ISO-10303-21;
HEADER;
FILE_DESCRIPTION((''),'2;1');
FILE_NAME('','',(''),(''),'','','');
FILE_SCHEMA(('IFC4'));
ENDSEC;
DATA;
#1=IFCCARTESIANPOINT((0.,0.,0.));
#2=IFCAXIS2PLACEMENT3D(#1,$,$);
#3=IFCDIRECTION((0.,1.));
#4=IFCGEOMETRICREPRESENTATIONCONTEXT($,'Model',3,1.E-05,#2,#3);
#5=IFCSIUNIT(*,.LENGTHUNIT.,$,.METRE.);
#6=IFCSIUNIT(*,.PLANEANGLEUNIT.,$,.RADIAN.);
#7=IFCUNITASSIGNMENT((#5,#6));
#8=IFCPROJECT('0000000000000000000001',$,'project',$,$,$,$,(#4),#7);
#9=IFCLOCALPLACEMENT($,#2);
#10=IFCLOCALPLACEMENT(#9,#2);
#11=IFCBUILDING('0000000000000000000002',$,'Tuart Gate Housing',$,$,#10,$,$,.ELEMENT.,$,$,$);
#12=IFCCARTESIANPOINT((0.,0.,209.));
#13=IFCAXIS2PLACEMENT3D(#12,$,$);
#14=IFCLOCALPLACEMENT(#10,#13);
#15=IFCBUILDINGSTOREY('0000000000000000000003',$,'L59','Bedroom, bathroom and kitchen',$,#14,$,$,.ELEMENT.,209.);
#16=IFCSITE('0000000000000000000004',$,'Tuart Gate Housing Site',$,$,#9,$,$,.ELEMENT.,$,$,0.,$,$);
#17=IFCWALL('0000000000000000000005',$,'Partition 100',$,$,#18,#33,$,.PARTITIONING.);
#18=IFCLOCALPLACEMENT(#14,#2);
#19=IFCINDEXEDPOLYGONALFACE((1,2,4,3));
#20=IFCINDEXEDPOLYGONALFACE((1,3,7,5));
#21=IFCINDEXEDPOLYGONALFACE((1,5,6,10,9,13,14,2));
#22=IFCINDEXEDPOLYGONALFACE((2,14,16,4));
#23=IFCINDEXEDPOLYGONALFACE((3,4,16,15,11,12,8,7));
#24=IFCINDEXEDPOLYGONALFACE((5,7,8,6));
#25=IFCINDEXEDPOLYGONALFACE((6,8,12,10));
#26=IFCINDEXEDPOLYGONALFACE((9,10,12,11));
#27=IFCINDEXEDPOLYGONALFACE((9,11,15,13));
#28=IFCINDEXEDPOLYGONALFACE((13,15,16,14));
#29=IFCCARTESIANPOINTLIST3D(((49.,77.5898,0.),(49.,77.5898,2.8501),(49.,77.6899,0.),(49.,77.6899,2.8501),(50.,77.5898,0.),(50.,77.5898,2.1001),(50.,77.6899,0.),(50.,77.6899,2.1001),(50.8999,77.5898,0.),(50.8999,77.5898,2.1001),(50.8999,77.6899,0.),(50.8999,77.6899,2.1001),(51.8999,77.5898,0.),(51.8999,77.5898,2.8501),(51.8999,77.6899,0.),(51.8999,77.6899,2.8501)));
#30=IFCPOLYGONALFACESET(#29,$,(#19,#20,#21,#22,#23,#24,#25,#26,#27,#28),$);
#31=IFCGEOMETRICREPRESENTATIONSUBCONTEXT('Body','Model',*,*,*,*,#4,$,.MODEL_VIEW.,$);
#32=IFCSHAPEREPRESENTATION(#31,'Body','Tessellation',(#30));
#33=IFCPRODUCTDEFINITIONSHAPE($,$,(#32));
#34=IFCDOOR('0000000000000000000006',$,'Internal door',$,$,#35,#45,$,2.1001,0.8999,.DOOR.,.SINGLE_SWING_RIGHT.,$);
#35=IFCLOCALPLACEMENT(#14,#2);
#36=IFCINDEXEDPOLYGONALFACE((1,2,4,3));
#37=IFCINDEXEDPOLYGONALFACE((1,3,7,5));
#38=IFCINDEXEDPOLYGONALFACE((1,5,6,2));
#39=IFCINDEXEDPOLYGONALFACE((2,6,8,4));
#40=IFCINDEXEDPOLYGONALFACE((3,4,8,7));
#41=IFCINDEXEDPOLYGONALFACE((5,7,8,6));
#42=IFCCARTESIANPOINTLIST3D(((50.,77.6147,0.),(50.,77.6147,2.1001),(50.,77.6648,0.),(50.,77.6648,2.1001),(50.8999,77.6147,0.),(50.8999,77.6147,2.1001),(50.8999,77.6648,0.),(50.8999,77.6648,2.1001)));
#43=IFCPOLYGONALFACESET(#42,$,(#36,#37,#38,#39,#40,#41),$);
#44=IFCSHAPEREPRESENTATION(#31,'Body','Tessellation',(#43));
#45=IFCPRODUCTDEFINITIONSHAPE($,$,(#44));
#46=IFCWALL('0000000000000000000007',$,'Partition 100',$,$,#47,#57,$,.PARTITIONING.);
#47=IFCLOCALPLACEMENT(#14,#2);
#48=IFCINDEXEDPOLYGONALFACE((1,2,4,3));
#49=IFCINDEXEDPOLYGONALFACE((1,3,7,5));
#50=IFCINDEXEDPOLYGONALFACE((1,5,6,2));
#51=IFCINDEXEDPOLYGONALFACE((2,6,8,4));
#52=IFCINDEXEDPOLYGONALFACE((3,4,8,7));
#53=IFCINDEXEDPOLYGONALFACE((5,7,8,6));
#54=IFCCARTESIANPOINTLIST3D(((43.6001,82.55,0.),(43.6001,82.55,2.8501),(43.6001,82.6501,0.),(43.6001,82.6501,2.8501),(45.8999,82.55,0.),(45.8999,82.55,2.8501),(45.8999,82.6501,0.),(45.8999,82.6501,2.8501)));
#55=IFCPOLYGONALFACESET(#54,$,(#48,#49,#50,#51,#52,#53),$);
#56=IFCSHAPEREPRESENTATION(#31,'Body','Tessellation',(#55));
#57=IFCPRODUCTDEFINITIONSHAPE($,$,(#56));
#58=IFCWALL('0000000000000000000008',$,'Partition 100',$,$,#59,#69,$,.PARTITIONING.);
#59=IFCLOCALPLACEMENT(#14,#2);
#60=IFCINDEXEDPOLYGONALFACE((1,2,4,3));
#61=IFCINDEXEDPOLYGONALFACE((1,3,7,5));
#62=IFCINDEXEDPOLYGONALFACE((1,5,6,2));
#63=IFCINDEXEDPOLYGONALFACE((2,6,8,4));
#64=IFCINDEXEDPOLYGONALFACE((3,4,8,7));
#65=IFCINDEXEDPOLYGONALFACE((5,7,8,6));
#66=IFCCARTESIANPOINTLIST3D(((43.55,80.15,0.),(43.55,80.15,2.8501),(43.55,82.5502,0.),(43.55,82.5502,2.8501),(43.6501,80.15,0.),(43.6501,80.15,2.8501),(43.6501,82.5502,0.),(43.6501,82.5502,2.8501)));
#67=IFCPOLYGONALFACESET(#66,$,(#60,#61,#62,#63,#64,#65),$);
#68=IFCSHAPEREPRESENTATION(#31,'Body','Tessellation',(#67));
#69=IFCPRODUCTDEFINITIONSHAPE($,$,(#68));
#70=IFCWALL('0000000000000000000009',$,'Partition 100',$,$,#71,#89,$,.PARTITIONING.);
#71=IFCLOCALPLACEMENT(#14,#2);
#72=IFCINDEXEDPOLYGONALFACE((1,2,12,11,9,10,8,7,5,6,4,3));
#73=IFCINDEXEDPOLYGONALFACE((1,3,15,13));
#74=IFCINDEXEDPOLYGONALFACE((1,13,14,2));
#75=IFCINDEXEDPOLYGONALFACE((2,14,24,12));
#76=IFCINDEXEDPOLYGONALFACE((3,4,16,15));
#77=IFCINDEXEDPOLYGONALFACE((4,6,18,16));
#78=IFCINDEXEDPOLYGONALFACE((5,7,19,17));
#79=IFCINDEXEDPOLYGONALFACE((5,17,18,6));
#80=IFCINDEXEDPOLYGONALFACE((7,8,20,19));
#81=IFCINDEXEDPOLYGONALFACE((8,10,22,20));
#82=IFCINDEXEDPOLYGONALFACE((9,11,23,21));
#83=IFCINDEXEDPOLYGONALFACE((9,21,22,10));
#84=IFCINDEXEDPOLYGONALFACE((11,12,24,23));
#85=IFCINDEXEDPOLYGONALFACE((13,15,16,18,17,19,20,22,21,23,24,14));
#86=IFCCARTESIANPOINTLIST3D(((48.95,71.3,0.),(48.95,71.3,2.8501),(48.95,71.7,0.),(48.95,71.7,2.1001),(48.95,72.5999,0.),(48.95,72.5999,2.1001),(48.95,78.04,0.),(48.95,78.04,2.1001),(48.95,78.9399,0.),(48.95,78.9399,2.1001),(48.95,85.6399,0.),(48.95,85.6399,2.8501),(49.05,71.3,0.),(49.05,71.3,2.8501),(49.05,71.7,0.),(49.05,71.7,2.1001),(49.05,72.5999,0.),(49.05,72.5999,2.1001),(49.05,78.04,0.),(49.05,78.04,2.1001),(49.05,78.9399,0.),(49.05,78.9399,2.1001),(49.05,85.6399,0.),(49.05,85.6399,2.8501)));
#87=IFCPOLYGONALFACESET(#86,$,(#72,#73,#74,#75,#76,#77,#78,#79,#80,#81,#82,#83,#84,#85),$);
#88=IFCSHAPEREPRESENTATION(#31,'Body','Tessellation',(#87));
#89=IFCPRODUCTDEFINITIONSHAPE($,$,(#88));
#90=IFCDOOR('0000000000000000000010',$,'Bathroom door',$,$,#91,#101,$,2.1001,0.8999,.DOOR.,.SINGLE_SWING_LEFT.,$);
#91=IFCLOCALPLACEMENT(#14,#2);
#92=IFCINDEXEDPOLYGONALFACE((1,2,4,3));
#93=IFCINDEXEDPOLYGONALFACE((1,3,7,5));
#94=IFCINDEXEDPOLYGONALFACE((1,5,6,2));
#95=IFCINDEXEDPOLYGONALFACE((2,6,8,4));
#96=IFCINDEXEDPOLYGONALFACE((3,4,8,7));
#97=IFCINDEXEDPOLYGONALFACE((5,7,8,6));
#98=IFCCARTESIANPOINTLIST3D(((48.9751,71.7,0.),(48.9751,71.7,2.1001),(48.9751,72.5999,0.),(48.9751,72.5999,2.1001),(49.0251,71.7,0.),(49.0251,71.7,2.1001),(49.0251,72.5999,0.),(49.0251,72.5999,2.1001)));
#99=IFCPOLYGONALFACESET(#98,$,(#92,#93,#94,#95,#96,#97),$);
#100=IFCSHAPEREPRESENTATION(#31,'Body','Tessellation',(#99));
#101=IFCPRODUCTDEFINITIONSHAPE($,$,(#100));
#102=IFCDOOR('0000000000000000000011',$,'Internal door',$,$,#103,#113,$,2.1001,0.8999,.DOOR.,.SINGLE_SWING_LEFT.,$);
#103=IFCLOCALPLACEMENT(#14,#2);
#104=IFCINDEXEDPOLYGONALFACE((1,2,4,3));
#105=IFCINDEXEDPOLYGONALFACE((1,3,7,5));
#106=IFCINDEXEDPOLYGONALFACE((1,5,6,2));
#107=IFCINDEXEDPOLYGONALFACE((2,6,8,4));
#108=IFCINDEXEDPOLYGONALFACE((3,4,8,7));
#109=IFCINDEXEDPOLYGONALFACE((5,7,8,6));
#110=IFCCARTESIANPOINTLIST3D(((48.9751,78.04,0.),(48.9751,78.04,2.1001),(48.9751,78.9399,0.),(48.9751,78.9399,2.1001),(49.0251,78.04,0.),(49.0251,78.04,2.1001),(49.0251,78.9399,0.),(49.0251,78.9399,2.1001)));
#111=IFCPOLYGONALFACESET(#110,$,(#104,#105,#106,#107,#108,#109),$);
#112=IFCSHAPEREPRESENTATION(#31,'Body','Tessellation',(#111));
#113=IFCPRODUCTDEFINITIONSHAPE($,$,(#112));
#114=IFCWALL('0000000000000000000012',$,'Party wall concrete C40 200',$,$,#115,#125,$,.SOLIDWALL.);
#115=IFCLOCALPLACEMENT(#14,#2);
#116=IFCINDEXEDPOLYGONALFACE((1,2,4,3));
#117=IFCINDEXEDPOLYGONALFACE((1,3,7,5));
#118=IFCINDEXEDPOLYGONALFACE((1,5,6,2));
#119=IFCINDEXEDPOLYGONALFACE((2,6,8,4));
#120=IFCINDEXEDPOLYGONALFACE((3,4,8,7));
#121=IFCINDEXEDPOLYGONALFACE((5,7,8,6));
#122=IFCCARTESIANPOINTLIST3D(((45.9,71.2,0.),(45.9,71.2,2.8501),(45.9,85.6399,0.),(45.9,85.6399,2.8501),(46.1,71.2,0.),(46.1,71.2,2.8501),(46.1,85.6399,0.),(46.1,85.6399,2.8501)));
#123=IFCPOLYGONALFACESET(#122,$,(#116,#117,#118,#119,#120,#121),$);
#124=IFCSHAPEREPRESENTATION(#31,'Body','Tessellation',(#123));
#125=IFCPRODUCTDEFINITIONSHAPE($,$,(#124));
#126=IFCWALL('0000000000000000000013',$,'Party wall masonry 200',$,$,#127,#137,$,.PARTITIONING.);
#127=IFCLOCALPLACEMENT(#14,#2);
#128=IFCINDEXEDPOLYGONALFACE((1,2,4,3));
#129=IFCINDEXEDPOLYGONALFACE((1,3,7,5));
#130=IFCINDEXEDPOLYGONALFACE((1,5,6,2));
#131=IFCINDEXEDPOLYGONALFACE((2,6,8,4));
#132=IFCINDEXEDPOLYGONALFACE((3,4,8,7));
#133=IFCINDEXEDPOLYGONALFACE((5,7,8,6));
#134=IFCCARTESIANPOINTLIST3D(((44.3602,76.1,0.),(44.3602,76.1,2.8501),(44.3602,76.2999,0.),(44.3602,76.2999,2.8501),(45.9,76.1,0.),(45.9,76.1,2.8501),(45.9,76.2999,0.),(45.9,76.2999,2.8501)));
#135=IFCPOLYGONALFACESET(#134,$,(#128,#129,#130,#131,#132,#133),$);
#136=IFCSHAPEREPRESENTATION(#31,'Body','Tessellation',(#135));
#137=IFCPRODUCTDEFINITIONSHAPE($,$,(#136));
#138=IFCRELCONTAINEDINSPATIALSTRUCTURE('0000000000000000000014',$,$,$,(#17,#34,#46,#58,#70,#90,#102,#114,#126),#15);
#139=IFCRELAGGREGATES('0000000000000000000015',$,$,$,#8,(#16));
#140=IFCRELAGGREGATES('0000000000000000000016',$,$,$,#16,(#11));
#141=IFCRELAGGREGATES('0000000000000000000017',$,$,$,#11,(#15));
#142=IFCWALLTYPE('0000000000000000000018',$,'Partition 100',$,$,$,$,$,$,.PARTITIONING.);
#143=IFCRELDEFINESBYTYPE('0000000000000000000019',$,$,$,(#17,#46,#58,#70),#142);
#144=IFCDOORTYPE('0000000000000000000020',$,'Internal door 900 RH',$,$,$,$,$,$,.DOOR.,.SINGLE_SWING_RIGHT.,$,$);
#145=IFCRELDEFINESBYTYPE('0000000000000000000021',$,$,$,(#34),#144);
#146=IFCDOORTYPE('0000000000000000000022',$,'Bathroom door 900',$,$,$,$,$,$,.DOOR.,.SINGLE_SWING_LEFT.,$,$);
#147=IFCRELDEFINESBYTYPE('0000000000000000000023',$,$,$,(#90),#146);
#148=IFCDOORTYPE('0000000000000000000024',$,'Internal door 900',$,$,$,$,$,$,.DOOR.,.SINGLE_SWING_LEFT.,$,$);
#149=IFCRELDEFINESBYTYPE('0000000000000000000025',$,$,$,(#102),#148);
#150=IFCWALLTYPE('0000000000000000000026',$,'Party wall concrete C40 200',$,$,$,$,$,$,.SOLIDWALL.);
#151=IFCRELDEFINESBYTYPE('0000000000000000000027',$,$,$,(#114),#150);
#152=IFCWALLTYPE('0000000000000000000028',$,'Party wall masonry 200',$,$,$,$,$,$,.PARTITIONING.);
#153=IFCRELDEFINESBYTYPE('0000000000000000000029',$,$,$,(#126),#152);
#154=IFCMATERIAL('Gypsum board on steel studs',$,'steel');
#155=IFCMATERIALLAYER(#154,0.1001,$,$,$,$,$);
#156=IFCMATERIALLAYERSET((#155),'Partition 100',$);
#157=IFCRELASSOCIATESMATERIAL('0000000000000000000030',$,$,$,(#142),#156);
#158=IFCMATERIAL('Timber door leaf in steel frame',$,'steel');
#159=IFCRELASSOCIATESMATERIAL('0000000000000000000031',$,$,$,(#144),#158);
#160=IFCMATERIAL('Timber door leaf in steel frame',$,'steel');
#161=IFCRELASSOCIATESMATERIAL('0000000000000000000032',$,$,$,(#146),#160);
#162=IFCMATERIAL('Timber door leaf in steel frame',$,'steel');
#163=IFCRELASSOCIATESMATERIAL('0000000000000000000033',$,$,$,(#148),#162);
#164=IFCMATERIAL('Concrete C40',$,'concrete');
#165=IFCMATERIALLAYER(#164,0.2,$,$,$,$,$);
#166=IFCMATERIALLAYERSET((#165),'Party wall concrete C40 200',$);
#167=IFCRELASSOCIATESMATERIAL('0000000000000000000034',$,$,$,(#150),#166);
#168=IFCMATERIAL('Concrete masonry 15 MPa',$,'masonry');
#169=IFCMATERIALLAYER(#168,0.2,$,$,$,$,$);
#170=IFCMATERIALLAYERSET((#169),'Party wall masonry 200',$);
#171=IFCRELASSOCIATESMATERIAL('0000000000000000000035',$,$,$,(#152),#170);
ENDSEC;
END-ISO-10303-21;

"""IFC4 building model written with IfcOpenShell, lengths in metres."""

from ifc_helpers import new_model, si_unit, direction, frame, frame_2d, origin, place, context, subcontext, project, spatial, rectangle, extrude, material, layer, layer_set, type_object, element, fill, save


model = new_model("IFC4")

# Units and contexts
model_context = context("Model", 3, precision=1e-05, world=origin(), true_north=direction((0.0, 1.0)))
body_context = subcontext(model_context, "Body", "Model", "MODEL_VIEW")
ifc_project = project(units=[si_unit("LENGTHUNIT", "METRE"), si_unit("PLANEANGLEUNIT", "RADIAN")], contexts=[model_context])

# Site, building, storey
site_placement = place(None, origin())
site = spatial("IfcSite", under=ifc_project, at=site_placement, Name="Tuart Gate Housing Site", CompositionType="ELEMENT", RefElevation=0.0)
building_placement = place(site_placement, origin())
building = spatial("IfcBuilding", under=site, at=building_placement, Name="Tuart Gate Housing", CompositionType="ELEMENT")
storey_placement = place(building_placement, frame((0.0, 0.0, 209.0)))
storey = spatial("IfcBuildingStorey", under=building, at=storey_placement, Name="L59", Description="Bedroom, bathroom and kitchen", CompositionType="ELEMENT", Elevation=209.0)

# Shared definitions
ifc_material_1 = material(Name="Gypsum board on steel studs", Category="steel")
ifc_layer_1 = layer(ifc_material_1, 0.1001)
ifc_layer_set_1 = layer_set([ifc_layer_1], Name="Partition 100")
wall_type_1 = type_object("IfcWallType", Name="Partition 100", PredefinedType="PARTITIONING", material=ifc_layer_set_1)

# Wall, opening, door
wall_1_placement = place(storey_placement, frame((49.0, 77.6399, 0.0), z_axis=(0.0, 0.0, 1.0), x_axis=(1.0, 0.0, 0.0)))
wall_1 = element("IfcWall", 1, at=wall_1_placement, inside=storey, type_object=wall_type_1, Name="Partition 100", PredefinedType="PARTITIONING", context=body_context, shape_type="SweptSolid", body=[
    extrude(rectangle(XDim=2.8999, YDim=0.1001, at=frame_2d((1.45, 0.0))), origin(), (0.0, 0.0, 1.0), 2.8501),
])
opening_1_placement = place(wall_1_placement, frame((1.0, 0.0, 0.0)))
opening_1 = element("IfcOpeningElement", 2, at=opening_1_placement, cuts=wall_1, PredefinedType="OPENING", context=body_context, shape_type="SweptSolid", body=[
    extrude(rectangle(XDim=0.8999, YDim=2.1001, at=frame_2d((0.45, 1.05))), frame((0.0, 0.0601, 0.0), z_axis=(0.0, -1.0, 0.0), x_axis=(1.0, 0.0, 0.0)), (0.0, 0.0, 1.0), 0.1201),
])
ifc_material_2 = material(Name="Timber door leaf in steel frame", Category="steel")
door_type_1 = type_object("IfcDoorType", Name="Internal door 900 RH", OperationType="SINGLE_SWING_RIGHT", PredefinedType="DOOR", material=ifc_material_2)
door_1_placement = place(opening_1_placement, frame((0.8999, 0.0, 0.0), z_axis=(0.0, 0.0, 1.0), x_axis=(-1.0, 0.0, 0.0)))
door_1 = element("IfcDoor", 3, at=door_1_placement, inside=storey, type_object=door_type_1, Name="Internal door", OperationType="SINGLE_SWING_RIGHT", OverallHeight=2.1001, OverallWidth=0.8999, PredefinedType="DOOR", context=body_context, shape_type="SweptSolid", body=[
    extrude(rectangle(XDim=0.8999, YDim=2.1001, at=frame_2d((0.45, 1.05))), frame((0.0, 0.0251, 0.0), z_axis=(0.0, -1.0, 0.0), x_axis=(1.0, 0.0, 0.0)), (0.0, 0.0, 1.0), 0.05),
])
fill(opening_1, door_1)

# Walls
wall_2_placement = place(storey_placement, frame((43.6001, 82.6001, 0.0), z_axis=(0.0, 0.0, 1.0), x_axis=(1.0, 0.0, 0.0)))
element("IfcWall", 4, at=wall_2_placement, inside=storey, type_object=wall_type_1, Name="Partition 100", PredefinedType="PARTITIONING", context=body_context, shape_type="SweptSolid", body=[
    extrude(rectangle(XDim=2.2998, YDim=0.1001, at=frame_2d((1.1499, 0.0))), origin(), (0.0, 0.0, 1.0), 2.8501),
])
wall_3_placement = place(storey_placement, frame((43.6001, 80.1499, 0.0), z_axis=(0.0, 0.0, 1.0), x_axis=(0.0, 1.0, 0.0)))
element("IfcWall", 5, at=wall_3_placement, inside=storey, type_object=wall_type_1, Name="Partition 100", PredefinedType="PARTITIONING", context=body_context, shape_type="SweptSolid", body=[
    extrude(rectangle(XDim=2.4001, YDim=0.1001, at=frame_2d((1.2002, 0.0))), origin(), (0.0, 0.0, 1.0), 2.8501),
])

# Wall, openings, doors
wall_4_placement = place(storey_placement, frame((49.0, 71.3, 0.0), z_axis=(0.0, 0.0, 1.0), x_axis=(0.0, 1.0, 0.0)))
wall_4 = element("IfcWall", 6, at=wall_4_placement, inside=storey, type_object=wall_type_1, Name="Partition 100", PredefinedType="PARTITIONING", context=body_context, shape_type="SweptSolid", body=[
    extrude(rectangle(XDim=14.3398, YDim=0.1001, at=frame_2d((7.1699, 0.0))), origin(), (0.0, 0.0, 1.0), 2.8501),
])
opening_2_placement = place(wall_4_placement, frame((6.74, 0.0, 0.0)))
opening_2 = element("IfcOpeningElement", 7, at=opening_2_placement, cuts=wall_4, PredefinedType="OPENING", context=body_context, shape_type="SweptSolid", body=[
    extrude(rectangle(XDim=0.8999, YDim=2.1001, at=frame_2d((0.45, 1.05))), frame((0.0, 0.0601, 0.0), z_axis=(0.0, -1.0, 0.0), x_axis=(1.0, 0.0, 0.0)), (0.0, 0.0, 1.0), 0.1201),
])
opening_3_placement = place(wall_4_placement, frame((0.3999, 0.0, 0.0)))
opening_3 = element("IfcOpeningElement", 8, at=opening_3_placement, cuts=wall_4, PredefinedType="OPENING", context=body_context, shape_type="SweptSolid", body=[
    extrude(rectangle(XDim=0.8999, YDim=2.1001, at=frame_2d((0.45, 1.05))), frame((0.0, 0.0601, 0.0), z_axis=(0.0, -1.0, 0.0), x_axis=(1.0, 0.0, 0.0)), (0.0, 0.0, 1.0), 0.1201),
])
ifc_material_3 = material(Name="Timber door leaf in steel frame", Category="steel")
door_type_2 = type_object("IfcDoorType", Name="Bathroom door 900", OperationType="SINGLE_SWING_LEFT", PredefinedType="DOOR", material=ifc_material_3)
door_2_placement = place(opening_3_placement, origin())
door_2 = element("IfcDoor", 9, at=door_2_placement, inside=storey, type_object=door_type_2, Name="Bathroom door", OperationType="SINGLE_SWING_LEFT", OverallHeight=2.1001, OverallWidth=0.8999, PredefinedType="DOOR", context=body_context, shape_type="SweptSolid", body=[
    extrude(rectangle(XDim=0.8999, YDim=2.1001, at=frame_2d((0.45, 1.05))), frame((0.0, 0.0249, 0.0), z_axis=(0.0, -1.0, 0.0), x_axis=(1.0, 0.0, 0.0)), (0.0, 0.0, 1.0), 0.05),
])
fill(opening_3, door_2)
ifc_material_4 = material(Name="Timber door leaf in steel frame", Category="steel")
door_type_3 = type_object("IfcDoorType", Name="Internal door 900", OperationType="SINGLE_SWING_LEFT", PredefinedType="DOOR", material=ifc_material_4)
door_3_placement = place(opening_2_placement, origin())
door_3 = element("IfcDoor", 10, at=door_3_placement, inside=storey, type_object=door_type_3, Name="Internal door", OperationType="SINGLE_SWING_LEFT", OverallHeight=2.1001, OverallWidth=0.8999, PredefinedType="DOOR", context=body_context, shape_type="SweptSolid", body=[
    extrude(rectangle(XDim=0.8999, YDim=2.1001, at=frame_2d((0.45, 1.05))), frame((0.0, 0.0249, 0.0), z_axis=(0.0, -1.0, 0.0), x_axis=(1.0, 0.0, 0.0)), (0.0, 0.0, 1.0), 0.05),
])
fill(opening_2, door_3)

# Walls
ifc_material_5 = material(Name="Concrete C40", Category="concrete")
ifc_layer_2 = layer(ifc_material_5, 0.2)
ifc_layer_set_2 = layer_set([ifc_layer_2], Name="Party wall concrete C40 200")
wall_type_2 = type_object("IfcWallType", Name="Party wall concrete C40 200", PredefinedType="SOLIDWALL", material=ifc_layer_set_2)
wall_5_placement = place(storey_placement, frame((46.0, 71.2, 0.0), z_axis=(0.0, 0.0, 1.0), x_axis=(0.0, 1.0, 0.0)))
element("IfcWall", 11, at=wall_5_placement, inside=storey, type_object=wall_type_2, Name="Party wall concrete C40 200", PredefinedType="SOLIDWALL", context=body_context, shape_type="SweptSolid", body=[
    extrude(rectangle(XDim=14.4399, YDim=0.2, at=frame_2d((7.22, 0.0))), origin(), (0.0, 0.0, 1.0), 2.8501),
])
ifc_material_6 = material(Name="Concrete masonry 15 MPa", Category="masonry")
ifc_layer_3 = layer(ifc_material_6, 0.2)
ifc_layer_set_3 = layer_set([ifc_layer_3], Name="Party wall masonry 200")
wall_type_3 = type_object("IfcWallType", Name="Party wall masonry 200", PredefinedType="PARTITIONING", material=ifc_layer_set_3)
wall_6_placement = place(storey_placement, frame((44.3601, 76.2, 0.0), z_axis=(0.0, 0.0, 1.0), x_axis=(1.0, 0.0, 0.0)))
element("IfcWall", 12, at=wall_6_placement, inside=storey, type_object=wall_type_3, Name="Party wall masonry 200", PredefinedType="PARTITIONING", context=body_context, shape_type="SweptSolid", body=[
    extrude(rectangle(XDim=1.5398, YDim=0.2, at=frame_2d((0.77, 0.0))), origin(), (0.0, 0.0, 1.0), 2.8501),
])

save(model, "model.ifc")
